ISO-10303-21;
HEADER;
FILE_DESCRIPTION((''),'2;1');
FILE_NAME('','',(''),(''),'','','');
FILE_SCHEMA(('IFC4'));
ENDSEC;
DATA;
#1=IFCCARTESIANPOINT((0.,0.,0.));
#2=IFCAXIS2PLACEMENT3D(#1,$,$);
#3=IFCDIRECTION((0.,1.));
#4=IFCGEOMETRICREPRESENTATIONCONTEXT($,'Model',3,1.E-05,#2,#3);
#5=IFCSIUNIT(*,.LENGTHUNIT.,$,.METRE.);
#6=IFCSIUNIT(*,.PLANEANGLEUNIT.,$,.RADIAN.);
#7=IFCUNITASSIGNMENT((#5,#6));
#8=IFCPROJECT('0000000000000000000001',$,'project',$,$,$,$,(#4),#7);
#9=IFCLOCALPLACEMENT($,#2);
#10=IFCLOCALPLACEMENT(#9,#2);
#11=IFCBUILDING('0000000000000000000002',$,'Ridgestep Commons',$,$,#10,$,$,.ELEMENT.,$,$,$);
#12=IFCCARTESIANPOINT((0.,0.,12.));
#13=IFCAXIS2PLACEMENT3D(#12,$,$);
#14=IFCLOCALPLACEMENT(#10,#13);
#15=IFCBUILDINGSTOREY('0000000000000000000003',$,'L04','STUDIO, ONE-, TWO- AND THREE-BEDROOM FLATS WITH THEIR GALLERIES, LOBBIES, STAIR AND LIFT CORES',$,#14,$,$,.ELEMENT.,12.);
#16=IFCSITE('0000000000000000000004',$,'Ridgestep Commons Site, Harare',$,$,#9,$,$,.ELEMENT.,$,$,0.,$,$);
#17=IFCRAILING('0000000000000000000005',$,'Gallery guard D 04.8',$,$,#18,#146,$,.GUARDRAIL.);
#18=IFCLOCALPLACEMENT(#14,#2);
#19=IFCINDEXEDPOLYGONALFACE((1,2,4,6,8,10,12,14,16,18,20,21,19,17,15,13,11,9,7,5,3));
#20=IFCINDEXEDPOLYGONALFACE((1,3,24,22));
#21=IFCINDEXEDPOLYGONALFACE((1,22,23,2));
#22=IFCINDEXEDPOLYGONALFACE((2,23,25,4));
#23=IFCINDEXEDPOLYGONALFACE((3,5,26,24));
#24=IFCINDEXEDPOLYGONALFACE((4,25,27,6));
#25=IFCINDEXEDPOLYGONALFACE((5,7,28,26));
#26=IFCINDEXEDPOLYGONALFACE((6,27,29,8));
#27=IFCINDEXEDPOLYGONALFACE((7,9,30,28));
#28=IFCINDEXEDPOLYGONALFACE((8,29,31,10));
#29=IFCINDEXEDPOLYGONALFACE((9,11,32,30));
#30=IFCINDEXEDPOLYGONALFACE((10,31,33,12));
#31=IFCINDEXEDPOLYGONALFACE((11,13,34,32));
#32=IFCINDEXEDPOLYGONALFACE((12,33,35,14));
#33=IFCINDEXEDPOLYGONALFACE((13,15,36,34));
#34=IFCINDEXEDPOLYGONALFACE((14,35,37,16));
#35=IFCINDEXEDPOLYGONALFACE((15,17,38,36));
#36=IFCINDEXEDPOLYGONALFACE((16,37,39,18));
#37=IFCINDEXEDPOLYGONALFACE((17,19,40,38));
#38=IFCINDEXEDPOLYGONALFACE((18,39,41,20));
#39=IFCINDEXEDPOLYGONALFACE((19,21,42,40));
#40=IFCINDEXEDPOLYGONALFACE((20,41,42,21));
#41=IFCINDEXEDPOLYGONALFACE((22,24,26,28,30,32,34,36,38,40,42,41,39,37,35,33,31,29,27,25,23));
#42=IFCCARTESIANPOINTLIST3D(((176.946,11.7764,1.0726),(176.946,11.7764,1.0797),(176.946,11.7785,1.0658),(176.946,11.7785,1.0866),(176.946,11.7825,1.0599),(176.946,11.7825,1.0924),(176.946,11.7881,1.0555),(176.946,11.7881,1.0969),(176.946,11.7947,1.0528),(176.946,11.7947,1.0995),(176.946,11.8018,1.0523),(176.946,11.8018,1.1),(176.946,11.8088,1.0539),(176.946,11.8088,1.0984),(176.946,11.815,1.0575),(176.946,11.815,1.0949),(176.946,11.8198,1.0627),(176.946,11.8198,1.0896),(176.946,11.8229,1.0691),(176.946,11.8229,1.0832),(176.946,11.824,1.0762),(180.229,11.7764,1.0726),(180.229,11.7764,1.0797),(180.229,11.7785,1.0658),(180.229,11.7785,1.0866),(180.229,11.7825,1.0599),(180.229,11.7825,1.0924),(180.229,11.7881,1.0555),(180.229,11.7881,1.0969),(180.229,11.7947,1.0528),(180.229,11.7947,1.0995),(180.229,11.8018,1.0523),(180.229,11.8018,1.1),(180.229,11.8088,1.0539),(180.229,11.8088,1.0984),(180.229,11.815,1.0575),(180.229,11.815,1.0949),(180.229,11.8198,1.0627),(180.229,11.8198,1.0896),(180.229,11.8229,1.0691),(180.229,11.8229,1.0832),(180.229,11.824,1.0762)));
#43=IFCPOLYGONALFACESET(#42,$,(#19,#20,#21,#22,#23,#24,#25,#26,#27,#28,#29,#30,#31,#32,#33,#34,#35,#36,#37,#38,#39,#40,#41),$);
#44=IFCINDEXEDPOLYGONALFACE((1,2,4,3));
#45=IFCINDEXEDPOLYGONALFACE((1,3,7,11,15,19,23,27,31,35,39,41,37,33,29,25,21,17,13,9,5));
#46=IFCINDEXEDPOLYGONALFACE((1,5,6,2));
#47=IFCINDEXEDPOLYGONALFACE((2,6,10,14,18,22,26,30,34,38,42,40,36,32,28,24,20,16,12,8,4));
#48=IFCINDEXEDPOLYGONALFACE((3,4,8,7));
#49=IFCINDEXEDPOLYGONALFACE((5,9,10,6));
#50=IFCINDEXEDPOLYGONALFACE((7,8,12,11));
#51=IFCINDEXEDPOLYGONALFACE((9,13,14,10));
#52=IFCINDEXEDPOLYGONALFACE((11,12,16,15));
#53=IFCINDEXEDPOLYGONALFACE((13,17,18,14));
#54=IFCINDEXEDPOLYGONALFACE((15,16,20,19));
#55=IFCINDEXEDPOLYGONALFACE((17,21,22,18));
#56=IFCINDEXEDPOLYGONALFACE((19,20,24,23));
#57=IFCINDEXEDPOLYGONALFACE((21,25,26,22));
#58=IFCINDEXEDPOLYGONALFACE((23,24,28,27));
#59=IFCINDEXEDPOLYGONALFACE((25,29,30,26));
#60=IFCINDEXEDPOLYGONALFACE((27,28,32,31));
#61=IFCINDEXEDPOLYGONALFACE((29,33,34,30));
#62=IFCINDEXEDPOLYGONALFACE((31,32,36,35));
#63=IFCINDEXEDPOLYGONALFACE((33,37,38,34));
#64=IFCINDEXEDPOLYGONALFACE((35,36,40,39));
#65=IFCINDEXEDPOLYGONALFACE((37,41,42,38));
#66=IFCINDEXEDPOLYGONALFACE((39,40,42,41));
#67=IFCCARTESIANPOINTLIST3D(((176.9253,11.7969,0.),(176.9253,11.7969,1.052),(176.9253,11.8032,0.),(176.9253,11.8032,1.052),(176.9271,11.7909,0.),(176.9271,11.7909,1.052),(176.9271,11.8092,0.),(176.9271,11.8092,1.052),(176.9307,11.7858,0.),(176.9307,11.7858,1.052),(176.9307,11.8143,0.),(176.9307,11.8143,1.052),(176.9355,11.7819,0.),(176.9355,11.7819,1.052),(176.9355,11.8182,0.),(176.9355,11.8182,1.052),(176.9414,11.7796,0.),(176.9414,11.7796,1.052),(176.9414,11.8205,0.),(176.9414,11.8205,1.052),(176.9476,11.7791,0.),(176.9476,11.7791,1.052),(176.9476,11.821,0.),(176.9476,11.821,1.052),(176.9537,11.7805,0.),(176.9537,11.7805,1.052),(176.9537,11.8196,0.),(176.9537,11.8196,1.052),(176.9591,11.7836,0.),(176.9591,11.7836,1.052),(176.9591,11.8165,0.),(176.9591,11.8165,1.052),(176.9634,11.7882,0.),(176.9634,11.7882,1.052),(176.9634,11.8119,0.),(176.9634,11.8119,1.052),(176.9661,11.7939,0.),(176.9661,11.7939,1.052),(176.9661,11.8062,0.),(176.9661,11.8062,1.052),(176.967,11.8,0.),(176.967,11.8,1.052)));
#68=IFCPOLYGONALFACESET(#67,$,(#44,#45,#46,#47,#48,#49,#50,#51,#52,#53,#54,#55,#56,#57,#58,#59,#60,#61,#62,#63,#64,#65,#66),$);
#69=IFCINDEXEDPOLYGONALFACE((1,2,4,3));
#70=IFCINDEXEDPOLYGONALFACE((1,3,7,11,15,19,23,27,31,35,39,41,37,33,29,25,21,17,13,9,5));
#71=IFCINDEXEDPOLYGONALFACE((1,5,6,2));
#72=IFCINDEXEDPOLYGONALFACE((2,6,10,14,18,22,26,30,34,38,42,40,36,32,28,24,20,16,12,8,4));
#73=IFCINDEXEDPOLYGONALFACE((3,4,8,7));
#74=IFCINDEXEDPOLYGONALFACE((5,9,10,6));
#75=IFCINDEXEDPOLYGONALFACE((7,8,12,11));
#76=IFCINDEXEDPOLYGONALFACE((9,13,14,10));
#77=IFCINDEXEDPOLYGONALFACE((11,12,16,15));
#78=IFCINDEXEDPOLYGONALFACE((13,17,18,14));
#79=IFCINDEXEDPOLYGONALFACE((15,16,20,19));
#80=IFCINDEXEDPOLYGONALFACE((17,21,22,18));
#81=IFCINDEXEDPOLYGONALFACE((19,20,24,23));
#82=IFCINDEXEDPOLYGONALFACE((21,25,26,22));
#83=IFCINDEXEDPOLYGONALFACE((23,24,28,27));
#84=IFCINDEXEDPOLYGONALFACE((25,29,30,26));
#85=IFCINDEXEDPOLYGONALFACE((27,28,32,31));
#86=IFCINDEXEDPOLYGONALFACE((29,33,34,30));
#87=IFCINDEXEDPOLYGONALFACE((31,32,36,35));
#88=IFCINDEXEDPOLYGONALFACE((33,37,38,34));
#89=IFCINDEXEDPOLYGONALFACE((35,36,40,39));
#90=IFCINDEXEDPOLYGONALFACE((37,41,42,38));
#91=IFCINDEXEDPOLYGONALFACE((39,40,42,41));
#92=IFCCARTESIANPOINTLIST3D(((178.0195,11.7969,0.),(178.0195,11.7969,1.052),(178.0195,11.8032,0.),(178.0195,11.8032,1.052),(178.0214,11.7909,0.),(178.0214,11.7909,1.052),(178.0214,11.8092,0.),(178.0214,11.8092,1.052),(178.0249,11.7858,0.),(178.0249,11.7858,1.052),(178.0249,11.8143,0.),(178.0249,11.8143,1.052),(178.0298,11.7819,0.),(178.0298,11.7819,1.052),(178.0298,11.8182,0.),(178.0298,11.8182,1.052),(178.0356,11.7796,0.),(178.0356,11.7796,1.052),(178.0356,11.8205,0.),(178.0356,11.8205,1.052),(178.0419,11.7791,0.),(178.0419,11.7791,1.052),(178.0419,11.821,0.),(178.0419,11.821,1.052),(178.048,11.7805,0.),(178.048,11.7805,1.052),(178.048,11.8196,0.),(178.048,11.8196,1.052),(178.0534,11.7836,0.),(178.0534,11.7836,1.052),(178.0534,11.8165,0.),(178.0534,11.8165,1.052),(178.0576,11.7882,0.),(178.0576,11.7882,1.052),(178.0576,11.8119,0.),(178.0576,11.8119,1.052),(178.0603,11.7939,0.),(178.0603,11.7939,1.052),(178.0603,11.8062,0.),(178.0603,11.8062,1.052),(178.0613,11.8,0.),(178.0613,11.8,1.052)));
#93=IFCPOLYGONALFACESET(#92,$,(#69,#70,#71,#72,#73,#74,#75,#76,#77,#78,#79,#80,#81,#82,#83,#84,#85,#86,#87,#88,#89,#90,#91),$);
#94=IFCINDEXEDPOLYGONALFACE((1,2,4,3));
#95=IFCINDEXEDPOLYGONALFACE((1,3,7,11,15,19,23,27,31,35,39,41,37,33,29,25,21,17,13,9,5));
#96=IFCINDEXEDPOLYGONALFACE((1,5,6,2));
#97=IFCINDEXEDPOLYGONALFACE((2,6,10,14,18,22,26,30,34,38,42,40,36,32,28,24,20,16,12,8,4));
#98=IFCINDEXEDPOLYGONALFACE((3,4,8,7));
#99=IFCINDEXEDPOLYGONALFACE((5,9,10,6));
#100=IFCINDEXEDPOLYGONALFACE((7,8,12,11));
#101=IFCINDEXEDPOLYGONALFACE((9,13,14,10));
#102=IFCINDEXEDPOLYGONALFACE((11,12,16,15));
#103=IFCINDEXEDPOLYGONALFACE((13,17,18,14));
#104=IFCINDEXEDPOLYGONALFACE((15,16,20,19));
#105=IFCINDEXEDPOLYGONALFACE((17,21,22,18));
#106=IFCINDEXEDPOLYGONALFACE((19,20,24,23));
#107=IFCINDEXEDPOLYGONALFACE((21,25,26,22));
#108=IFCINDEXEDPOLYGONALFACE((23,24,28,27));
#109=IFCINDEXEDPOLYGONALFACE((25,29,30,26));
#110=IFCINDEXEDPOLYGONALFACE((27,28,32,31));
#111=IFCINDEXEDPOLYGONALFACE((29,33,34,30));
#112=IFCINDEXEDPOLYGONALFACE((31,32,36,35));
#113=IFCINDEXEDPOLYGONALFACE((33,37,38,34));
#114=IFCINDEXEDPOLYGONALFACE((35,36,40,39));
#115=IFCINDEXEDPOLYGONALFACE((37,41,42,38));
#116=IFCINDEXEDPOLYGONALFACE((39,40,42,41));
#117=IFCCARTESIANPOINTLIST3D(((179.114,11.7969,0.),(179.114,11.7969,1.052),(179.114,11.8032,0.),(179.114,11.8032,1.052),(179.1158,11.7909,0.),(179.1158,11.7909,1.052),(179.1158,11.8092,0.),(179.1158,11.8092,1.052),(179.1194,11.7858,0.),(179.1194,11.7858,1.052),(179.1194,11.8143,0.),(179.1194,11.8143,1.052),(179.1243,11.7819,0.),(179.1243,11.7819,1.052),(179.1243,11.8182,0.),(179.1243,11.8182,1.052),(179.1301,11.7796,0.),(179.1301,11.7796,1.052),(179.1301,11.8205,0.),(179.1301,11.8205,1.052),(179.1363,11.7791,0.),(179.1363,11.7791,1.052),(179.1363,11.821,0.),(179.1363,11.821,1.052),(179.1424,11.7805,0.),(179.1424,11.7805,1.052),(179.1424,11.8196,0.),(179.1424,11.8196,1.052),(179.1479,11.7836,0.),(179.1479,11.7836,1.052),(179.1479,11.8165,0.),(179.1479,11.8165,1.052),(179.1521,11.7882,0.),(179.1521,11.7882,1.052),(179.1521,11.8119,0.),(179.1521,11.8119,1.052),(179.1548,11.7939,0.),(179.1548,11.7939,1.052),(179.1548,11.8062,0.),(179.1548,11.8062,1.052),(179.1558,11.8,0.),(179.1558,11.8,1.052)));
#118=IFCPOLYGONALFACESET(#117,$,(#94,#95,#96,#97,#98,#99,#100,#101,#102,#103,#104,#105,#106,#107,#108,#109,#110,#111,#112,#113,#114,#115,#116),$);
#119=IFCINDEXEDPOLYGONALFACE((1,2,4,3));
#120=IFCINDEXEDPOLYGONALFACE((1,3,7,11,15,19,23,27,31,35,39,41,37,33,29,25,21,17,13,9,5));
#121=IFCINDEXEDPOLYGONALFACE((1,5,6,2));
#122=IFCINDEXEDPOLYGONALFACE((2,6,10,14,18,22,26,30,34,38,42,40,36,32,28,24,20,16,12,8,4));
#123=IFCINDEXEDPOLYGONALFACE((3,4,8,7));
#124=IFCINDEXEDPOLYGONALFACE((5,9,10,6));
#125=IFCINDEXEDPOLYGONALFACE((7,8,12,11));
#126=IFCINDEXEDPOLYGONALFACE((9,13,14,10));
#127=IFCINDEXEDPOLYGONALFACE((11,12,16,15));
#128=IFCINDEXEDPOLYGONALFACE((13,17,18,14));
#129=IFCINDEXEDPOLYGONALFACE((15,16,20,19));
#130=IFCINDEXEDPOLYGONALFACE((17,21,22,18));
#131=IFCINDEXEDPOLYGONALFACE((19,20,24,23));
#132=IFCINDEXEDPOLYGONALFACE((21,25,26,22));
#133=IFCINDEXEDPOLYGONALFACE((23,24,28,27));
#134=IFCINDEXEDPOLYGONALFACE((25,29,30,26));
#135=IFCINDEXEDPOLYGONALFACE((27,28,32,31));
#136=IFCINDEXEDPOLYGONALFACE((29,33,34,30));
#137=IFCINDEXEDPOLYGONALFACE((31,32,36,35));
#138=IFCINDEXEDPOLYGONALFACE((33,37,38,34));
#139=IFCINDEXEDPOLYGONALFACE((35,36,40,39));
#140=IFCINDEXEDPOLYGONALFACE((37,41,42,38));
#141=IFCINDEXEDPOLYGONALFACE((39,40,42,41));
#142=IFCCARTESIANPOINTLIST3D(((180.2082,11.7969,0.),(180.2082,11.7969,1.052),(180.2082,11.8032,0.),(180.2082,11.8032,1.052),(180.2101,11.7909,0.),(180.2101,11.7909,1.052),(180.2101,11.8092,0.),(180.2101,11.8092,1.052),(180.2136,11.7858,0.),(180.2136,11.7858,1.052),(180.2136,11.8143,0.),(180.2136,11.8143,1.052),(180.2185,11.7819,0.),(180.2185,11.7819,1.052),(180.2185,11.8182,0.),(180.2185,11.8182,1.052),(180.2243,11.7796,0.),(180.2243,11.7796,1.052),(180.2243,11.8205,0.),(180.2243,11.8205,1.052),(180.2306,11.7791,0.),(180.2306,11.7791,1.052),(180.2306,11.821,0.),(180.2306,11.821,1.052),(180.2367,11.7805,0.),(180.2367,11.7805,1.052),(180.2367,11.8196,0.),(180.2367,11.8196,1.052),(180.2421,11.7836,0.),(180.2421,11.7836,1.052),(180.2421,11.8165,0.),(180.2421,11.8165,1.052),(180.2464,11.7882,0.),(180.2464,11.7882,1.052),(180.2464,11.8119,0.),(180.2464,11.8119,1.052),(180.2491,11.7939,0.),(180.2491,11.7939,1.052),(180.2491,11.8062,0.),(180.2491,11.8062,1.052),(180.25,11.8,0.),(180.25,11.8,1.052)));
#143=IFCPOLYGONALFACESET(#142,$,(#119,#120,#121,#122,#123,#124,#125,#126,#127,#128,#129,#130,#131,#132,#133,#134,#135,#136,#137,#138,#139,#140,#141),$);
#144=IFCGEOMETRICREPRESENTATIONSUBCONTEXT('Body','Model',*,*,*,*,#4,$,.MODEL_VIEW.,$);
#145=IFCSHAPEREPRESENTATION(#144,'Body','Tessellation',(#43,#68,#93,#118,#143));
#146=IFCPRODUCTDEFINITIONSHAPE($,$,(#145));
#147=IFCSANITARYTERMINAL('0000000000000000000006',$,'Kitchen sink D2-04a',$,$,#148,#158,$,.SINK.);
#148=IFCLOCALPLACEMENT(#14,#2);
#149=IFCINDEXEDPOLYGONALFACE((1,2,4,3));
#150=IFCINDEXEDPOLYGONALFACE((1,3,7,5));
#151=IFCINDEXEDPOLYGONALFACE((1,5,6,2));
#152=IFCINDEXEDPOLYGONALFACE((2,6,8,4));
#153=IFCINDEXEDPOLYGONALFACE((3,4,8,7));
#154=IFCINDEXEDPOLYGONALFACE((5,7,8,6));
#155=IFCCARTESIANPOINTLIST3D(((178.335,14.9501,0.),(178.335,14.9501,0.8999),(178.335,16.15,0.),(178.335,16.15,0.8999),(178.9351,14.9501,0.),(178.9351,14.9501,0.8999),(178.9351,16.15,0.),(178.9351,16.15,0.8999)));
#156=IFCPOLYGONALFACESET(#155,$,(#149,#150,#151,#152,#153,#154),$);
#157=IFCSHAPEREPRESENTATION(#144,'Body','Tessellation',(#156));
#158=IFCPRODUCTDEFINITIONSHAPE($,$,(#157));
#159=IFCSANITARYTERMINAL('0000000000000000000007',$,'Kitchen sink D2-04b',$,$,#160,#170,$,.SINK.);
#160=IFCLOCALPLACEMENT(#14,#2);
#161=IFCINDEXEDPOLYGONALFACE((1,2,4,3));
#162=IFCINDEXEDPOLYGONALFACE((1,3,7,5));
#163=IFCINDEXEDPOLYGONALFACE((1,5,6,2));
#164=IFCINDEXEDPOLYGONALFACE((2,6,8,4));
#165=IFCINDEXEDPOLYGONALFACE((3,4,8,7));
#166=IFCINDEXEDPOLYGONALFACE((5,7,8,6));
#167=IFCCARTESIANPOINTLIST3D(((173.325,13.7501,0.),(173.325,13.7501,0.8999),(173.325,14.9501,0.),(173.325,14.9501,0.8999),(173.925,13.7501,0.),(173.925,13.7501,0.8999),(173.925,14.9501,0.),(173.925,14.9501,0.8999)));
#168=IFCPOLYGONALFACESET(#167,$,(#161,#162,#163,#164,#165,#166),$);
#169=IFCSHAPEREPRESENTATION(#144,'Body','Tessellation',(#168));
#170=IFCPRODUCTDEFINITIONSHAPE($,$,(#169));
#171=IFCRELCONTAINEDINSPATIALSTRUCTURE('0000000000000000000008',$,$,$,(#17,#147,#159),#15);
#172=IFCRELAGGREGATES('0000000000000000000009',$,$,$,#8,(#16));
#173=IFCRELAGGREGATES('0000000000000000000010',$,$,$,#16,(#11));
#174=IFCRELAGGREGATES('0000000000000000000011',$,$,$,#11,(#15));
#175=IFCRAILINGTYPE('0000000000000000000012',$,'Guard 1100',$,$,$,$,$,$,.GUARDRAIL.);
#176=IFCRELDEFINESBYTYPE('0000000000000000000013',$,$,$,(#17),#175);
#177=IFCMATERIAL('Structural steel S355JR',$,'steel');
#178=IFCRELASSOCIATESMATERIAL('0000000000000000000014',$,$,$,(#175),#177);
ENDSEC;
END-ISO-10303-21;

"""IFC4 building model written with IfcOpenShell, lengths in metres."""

from ifc_helpers import new_model, si_unit, direction, frame, origin, origin_2d, place, context, subcontext, project, spatial, rectangle, circle, extrude, material, type_object, element, save


model = new_model("IFC4")

# Units and contexts
model_context = context("Model", 3, precision=1e-05, world=origin(), true_north=direction((0.0, 1.0)))
body_context = subcontext(model_context, "Body", "Model", "MODEL_VIEW")
ifc_project = project(units=[si_unit("LENGTHUNIT", "METRE"), si_unit("PLANEANGLEUNIT", "RADIAN")], contexts=[model_context])

# Site, building, storey
site_placement = place(None, origin())
site = spatial("IfcSite", under=ifc_project, at=site_placement, Name="Ridgestep Commons Site, Harare", CompositionType="ELEMENT", RefElevation=0.0)
building_placement = place(site_placement, origin())
building = spatial("IfcBuilding", under=site, at=building_placement, Name="Ridgestep Commons", CompositionType="ELEMENT")
storey_placement = place(building_placement, frame((0.0, 0.0, 12.0)))
storey = spatial("IfcBuildingStorey", under=building, at=storey_placement, Name="L04", Description="STUDIO, ONE-, TWO- AND THREE-BEDROOM FLATS WITH THEIR GALLERIES, LOBBIES, STAIR AND LIFT CORES", CompositionType="ELEMENT", Elevation=12.0)

# Railing
ifc_material_1 = material(Name="Structural steel S355JR", Category="steel")
railing_type = type_object("IfcRailingType", Name="Guard 1100", PredefinedType="GUARDRAIL", material=ifc_material_1)
railing_1_placement = place(storey_placement, frame((176.946, 11.8, 0.0)))
element("IfcRailing", 1, at=railing_1_placement, inside=storey, type_object=railing_type, Name="Gallery guard D 04.8", PredefinedType="GUARDRAIL", context=body_context, shape_type="SweptSolid", body=[
    extrude(circle(Radius=0.0239, at=origin_2d()), frame((0.0, 0.0, 1.0762), z_axis=(1.0, 0.0, 0.0), x_axis=(0.0, 1.0, 0.0)), (0.0, 0.0, 1.0), 3.283),
    extrude(circle(Radius=0.021, at=origin_2d()), origin(), (0.0, 0.0, 1.0), 1.052),
    extrude(circle(Radius=0.021, at=origin_2d()), frame((1.0942, 0.0, 0.0)), (0.0, 0.0, 1.0), 1.052),
    extrude(circle(Radius=0.021, at=origin_2d()), frame((2.1887, 0.0, 0.0)), (0.0, 0.0, 1.0), 1.052),
    extrude(circle(Radius=0.021, at=origin_2d()), frame((3.283, 0.0, 0.0)), (0.0, 0.0, 1.0), 1.052),
])

# Sanitary terminals
for number, where, z_axis, x_axis, name in (
    (2, (178.635, 15.55, 0.0), (0.0, 0.0, 1.0), (1.0, 0.0, 0.0), "Kitchen sink D2-04a"),
    (3, (173.625, 14.3501, 0.0), (0.0, 0.0, 1.0), (1.0, 0.0, 0.0), "Kitchen sink D2-04b"),
):
    element("IfcSanitaryTerminal", number, at=place(storey_placement, frame(where, z_axis=z_axis, x_axis=x_axis)), inside=storey, Name=name, PredefinedType="SINK", context=body_context, shape_type="SweptSolid", body=[
        extrude(rectangle(XDim=0.6001, YDim=1.2, at=origin_2d()), origin(), (0.0, 0.0, 1.0), 0.8999),
    ])

save(model, "model.ifc")
